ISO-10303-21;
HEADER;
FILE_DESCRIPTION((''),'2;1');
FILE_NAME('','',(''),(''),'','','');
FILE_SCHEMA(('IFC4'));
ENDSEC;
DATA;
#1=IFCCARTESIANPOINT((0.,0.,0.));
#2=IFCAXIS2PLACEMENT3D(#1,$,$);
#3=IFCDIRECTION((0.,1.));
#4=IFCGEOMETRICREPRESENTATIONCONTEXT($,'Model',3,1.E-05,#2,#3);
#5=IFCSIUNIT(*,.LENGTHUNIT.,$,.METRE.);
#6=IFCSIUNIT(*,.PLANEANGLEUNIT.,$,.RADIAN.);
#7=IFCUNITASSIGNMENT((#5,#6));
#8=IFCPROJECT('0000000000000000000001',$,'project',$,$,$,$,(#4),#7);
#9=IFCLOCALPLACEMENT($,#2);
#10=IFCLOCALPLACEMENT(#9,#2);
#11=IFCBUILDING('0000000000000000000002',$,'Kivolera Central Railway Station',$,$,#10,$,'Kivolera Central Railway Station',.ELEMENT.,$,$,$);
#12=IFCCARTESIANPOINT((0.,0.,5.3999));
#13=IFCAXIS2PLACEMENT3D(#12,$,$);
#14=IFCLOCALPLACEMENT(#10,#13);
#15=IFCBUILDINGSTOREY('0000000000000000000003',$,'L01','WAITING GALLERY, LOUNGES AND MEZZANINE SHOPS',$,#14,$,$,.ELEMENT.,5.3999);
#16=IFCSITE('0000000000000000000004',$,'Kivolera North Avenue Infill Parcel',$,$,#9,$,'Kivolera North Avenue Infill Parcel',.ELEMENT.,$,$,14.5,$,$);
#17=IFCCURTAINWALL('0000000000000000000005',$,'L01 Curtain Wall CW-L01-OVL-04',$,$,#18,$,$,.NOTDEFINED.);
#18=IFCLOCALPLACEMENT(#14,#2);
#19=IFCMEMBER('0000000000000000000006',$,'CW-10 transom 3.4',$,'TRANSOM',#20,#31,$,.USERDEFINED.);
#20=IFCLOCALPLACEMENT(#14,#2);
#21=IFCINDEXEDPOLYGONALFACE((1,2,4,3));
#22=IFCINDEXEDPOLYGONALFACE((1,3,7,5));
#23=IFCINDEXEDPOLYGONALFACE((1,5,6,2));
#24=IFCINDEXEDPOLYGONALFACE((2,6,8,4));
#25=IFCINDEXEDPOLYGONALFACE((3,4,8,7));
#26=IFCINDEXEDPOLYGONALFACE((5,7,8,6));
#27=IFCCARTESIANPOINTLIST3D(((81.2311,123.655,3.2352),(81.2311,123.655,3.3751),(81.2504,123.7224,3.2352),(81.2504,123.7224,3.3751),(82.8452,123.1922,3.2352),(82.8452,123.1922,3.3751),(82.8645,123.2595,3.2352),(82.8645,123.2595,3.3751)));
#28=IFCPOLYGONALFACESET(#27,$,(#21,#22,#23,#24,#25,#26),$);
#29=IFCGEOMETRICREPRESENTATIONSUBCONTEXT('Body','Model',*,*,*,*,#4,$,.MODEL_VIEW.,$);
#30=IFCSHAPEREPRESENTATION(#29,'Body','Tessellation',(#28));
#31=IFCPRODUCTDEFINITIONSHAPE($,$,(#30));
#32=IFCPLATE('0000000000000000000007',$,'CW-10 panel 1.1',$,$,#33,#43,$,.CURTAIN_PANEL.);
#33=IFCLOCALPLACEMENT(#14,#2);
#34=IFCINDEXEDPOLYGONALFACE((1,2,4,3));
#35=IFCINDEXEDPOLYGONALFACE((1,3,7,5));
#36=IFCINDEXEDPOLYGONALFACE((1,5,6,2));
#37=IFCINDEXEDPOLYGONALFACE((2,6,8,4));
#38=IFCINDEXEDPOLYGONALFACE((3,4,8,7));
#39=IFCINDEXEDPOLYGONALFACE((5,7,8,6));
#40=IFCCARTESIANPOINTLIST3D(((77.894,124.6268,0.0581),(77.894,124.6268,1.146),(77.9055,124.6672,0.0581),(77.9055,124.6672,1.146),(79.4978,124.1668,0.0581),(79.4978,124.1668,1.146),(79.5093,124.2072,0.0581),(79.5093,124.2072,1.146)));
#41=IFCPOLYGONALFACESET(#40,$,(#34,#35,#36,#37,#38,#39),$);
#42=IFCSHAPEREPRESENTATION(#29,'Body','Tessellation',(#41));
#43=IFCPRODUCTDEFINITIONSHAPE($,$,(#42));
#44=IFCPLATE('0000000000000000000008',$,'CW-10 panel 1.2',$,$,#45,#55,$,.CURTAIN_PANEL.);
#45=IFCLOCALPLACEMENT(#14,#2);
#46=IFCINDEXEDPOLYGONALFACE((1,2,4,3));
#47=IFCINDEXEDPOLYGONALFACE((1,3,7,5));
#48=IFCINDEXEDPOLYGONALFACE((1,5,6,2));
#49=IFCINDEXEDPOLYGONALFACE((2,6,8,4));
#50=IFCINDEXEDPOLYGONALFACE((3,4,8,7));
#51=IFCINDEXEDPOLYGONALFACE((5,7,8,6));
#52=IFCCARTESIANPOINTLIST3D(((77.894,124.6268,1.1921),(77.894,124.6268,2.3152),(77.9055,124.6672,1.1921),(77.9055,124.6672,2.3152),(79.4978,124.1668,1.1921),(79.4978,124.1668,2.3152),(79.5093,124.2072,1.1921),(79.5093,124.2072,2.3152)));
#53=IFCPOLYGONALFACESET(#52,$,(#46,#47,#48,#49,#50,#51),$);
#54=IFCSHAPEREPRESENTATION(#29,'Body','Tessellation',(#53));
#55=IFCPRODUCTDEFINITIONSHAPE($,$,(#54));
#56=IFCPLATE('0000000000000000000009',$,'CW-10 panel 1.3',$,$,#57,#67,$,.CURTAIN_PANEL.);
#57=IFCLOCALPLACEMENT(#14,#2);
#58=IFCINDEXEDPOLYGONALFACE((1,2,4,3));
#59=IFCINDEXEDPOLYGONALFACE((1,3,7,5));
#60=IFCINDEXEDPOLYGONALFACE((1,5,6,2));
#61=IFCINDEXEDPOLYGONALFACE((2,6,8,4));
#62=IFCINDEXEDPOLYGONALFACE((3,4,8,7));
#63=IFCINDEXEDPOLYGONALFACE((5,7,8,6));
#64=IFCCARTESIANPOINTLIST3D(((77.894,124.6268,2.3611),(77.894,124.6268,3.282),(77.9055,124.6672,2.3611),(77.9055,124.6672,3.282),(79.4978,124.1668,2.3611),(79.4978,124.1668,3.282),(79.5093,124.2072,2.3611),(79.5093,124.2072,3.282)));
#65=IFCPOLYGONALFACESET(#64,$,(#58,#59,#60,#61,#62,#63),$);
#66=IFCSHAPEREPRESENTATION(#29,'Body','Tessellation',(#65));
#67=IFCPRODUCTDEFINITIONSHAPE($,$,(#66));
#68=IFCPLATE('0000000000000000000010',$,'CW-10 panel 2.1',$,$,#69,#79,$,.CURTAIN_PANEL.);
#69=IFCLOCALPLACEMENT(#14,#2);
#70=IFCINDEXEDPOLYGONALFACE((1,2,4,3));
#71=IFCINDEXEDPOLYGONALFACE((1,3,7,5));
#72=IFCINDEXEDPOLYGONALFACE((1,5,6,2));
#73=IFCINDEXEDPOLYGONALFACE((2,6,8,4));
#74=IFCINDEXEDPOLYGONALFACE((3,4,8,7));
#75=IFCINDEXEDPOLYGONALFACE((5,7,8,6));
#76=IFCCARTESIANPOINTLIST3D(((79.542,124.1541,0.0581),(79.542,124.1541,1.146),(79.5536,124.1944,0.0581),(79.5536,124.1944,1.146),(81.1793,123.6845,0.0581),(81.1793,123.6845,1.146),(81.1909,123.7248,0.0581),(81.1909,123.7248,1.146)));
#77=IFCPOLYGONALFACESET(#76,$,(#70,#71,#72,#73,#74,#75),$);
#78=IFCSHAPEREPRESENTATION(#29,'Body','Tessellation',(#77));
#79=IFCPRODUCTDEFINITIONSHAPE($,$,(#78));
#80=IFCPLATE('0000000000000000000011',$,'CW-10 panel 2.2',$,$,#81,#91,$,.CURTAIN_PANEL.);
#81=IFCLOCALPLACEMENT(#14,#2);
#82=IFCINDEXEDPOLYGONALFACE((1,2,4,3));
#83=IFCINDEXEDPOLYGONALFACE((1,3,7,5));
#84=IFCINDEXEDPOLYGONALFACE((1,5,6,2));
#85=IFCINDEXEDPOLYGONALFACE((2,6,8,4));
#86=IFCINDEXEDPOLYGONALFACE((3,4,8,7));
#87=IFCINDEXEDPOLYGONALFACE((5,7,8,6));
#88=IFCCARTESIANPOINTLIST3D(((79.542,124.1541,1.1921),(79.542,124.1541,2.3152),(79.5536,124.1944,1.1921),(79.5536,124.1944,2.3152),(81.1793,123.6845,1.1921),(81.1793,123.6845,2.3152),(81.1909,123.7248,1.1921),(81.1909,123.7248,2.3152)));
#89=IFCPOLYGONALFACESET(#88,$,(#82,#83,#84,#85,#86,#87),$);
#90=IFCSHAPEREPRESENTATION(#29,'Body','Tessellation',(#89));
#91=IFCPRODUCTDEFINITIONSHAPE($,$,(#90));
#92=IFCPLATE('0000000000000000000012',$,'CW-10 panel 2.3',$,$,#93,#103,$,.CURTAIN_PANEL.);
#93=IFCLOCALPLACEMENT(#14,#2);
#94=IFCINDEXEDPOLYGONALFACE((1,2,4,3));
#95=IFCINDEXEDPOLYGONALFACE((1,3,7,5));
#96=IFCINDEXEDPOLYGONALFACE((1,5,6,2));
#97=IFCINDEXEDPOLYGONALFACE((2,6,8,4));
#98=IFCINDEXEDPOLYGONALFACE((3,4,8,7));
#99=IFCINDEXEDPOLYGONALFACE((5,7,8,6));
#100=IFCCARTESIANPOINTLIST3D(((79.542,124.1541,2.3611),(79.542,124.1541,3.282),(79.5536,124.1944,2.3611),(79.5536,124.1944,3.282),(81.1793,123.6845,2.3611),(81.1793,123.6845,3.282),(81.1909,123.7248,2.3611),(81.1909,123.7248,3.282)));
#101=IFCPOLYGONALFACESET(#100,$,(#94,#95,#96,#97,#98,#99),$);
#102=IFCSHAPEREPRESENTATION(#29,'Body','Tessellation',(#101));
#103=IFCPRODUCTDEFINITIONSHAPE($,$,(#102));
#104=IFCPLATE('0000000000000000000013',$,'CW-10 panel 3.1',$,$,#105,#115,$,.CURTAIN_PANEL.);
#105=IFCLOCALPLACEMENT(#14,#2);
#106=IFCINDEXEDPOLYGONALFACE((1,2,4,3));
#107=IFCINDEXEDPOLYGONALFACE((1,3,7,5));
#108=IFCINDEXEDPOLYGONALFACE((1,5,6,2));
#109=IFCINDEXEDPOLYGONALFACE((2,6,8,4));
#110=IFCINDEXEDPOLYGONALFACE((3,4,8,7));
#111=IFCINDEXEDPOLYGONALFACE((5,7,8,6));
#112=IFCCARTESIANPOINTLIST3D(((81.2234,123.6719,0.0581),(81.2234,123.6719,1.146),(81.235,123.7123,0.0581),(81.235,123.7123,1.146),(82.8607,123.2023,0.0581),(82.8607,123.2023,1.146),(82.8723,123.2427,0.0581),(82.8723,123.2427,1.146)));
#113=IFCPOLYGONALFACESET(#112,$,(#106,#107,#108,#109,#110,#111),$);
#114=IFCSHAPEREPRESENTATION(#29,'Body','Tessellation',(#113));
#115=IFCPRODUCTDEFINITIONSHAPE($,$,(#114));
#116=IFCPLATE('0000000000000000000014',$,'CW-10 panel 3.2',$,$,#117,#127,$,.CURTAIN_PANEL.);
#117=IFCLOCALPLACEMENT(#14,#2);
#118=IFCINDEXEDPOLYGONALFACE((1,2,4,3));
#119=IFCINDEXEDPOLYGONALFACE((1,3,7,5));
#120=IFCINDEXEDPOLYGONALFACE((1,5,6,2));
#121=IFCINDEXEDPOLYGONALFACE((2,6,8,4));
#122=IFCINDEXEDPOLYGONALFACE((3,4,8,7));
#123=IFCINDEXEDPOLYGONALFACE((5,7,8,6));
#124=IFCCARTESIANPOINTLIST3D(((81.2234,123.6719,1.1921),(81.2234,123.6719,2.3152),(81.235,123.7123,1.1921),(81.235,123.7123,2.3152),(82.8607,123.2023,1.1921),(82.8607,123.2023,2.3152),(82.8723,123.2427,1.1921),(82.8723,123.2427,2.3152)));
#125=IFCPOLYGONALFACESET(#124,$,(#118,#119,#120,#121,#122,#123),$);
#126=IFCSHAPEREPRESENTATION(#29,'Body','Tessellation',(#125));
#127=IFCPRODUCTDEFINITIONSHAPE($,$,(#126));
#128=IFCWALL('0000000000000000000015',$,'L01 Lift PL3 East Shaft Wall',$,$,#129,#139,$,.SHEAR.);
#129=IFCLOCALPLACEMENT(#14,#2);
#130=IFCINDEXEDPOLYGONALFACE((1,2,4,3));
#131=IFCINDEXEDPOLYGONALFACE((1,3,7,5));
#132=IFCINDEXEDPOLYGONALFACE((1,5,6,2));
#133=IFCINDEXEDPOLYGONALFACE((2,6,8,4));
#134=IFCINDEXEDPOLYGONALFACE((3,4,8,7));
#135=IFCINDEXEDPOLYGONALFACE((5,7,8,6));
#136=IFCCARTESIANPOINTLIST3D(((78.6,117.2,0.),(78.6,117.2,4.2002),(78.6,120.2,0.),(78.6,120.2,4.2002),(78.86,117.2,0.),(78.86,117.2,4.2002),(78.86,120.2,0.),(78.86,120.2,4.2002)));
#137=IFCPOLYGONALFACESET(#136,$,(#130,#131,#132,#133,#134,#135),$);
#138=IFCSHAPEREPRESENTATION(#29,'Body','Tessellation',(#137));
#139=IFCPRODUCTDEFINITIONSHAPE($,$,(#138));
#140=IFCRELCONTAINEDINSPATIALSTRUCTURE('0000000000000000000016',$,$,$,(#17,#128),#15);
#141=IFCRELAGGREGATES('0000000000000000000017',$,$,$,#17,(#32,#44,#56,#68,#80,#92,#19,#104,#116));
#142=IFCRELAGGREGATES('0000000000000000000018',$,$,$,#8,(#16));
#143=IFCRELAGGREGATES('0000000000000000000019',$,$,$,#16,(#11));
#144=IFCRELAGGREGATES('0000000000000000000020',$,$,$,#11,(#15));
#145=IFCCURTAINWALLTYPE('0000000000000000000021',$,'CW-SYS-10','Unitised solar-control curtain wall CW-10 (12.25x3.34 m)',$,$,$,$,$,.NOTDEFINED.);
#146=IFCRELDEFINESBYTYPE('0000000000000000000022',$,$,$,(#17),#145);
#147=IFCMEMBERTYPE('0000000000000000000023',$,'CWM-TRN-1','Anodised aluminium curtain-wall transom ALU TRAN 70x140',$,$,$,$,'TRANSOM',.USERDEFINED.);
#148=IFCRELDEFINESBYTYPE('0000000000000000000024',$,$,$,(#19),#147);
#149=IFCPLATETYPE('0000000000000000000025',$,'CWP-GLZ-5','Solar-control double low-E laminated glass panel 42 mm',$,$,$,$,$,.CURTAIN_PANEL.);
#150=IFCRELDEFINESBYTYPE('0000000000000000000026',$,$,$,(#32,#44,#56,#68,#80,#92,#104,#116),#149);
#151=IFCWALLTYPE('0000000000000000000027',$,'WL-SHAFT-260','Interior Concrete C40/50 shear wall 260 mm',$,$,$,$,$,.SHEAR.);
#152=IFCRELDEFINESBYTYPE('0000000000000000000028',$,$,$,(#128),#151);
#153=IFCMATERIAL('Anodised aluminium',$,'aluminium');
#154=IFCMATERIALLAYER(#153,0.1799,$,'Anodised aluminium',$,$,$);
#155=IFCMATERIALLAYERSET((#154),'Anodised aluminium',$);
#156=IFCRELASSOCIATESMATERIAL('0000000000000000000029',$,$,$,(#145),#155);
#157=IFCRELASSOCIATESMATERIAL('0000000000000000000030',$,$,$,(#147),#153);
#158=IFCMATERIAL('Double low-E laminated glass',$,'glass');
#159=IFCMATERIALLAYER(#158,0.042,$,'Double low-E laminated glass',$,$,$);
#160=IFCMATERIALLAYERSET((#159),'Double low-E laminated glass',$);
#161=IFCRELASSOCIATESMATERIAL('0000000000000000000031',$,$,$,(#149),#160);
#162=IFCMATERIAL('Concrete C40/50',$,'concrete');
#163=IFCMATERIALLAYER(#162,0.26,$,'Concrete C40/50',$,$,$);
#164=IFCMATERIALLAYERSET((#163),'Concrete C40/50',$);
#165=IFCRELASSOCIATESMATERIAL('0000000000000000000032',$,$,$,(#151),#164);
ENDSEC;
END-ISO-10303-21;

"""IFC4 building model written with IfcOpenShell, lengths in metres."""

from ifc_helpers import new_model, si_unit, direction, frame, frame_2d, origin, origin_2d, place, context, subcontext, project, spatial, rectangle, extrude, material, layer, layer_set, material_profile, profile_set, type_object, element, aggregate, save


model = new_model("IFC4")

# Units and contexts
model_context = context("Model", 3, precision=1e-05, world=origin(), true_north=direction((0.0, 1.0)))
body_context = subcontext(model_context, "Body", "Model", "MODEL_VIEW")
ifc_project = project(units=[si_unit("LENGTHUNIT", "METRE"), si_unit("PLANEANGLEUNIT", "RADIAN")], contexts=[model_context])

# Site, building, storey
site_placement = place(None, origin())
site = spatial("IfcSite", under=ifc_project, at=site_placement, Name="Kivolera North Avenue Infill Parcel", LongName="Kivolera North Avenue Infill Parcel", CompositionType="ELEMENT", RefElevation=14.5)
building_placement = place(site_placement, origin())
building = spatial("IfcBuilding", under=site, at=building_placement, Name="Kivolera Central Railway Station", LongName="Kivolera Central Railway Station", CompositionType="ELEMENT")
storey_placement = place(building_placement, frame((0.0, 0.0, 5.3999)))
storey = spatial("IfcBuildingStorey", under=building, at=storey_placement, Name="L01", Description="WAITING GALLERY, LOUNGES AND MEZZANINE SHOPS", CompositionType="ELEMENT", Elevation=5.3999)

# Shared definitions
ifc_material_1 = material(Name="Concrete C40/50", Category="concrete")

# Curtain wall, member, plates
ifc_material_2 = material(Name="Anodised aluminium", Category="aluminium")
ifc_layer_1 = layer(ifc_material_2, 0.1799, Name="Anodised aluminium")
ifc_layer_set_1 = layer_set([ifc_layer_1], Name="Anodised aluminium")
curtain_wall_type = type_object("IfcCurtainWallType", Name="CW-SYS-10", Description="Unitised solar-control curtain wall CW-10 (12.25x3.34 m)", PredefinedType="NOTDEFINED", material=ifc_layer_set_1)
curtain_wall_placement = place(storey_placement, origin())
curtain_wall = element("IfcCurtainWall", 1, at=curtain_wall_placement, inside=storey, type_object=curtain_wall_type, Name="L01 Curtain Wall CW-L01-OVL-04", PredefinedType="NOTDEFINED")
ifc_material_profile_1 = material_profile(ifc_material_2, rectangle(XDim=0.0701, YDim=0.1399, at=origin_2d()), Name="ALU TRAN 70x140")
ifc_profile_set_1 = profile_set([ifc_material_profile_1], Name="Anodised aluminium")
member_type_1 = type_object("IfcMemberType", Name="CWM-TRN-1", Description="Anodised aluminium curtain-wall transom ALU TRAN 70x140", ElementType="TRANSOM", PredefinedType="USERDEFINED", material=ifc_profile_set_1)
member_1_placement = place(storey_placement, frame((81.2407, 123.6887, 3.3052), z_axis=(0.96126, -0.275643, 0.0), x_axis=(0.275643, 0.96126, 0.0)))
member_1 = element("IfcMember", 2, at=member_1_placement, type_object=member_type_1, Name="CW-10 transom 3.4", ObjectType="TRANSOM", PredefinedType="USERDEFINED", context=body_context, shape_type="SweptSolid", body=[
    extrude(rectangle(XDim=0.0701, YDim=0.1399, at=origin_2d()), origin(), (0.0, 0.0, 1.0), 1.6792),
])
ifc_material_3 = material(Name="Double low-E laminated glass", Category="glass")
ifc_layer_2 = layer(ifc_material_3, 0.042, Name="Double low-E laminated glass")
ifc_layer_set_2 = layer_set([ifc_layer_2], Name="Double low-E laminated glass")
plate_type = type_object("IfcPlateType", Name="CWP-GLZ-5", Description="Solar-control double low-E laminated glass panel 42 mm", PredefinedType="CURTAIN_PANEL", material=ifc_layer_set_2)
plate_1_placement = place(storey_placement, frame((78.7017, 124.417, 0.0581), z_axis=(0.0, 0.0, 1.0), x_axis=(0.961246, -0.275692, 0.0)))
plate_1 = element("IfcPlate", 3, at=plate_1_placement, type_object=plate_type, Name="CW-10 panel 1.1", PredefinedType="CURTAIN_PANEL", context=body_context, shape_type="SweptSolid", body=[
    extrude(rectangle(XDim=1.6685, YDim=0.042, at=origin_2d()), origin(), (0.0, 0.0, 1.0), 1.0879),
])
plate_2_placement = place(storey_placement, frame((78.7017, 124.417, 1.1921), z_axis=(0.0, 0.0, 1.0), x_axis=(0.961246, -0.275692, 0.0)))
plate_2 = element("IfcPlate", 4, at=plate_2_placement, type_object=plate_type, Name="CW-10 panel 1.2", PredefinedType="CURTAIN_PANEL", context=body_context, shape_type="SweptSolid", body=[
    extrude(rectangle(XDim=1.6685, YDim=0.042, at=origin_2d()), origin(), (0.0, 0.0, 1.0), 1.123),
])
plate_3_placement = place(storey_placement, frame((78.7017, 124.417, 2.3611), z_axis=(0.0, 0.0, 1.0), x_axis=(0.961246, -0.275692, 0.0)))
plate_3 = element("IfcPlate", 5, at=plate_3_placement, type_object=plate_type, Name="CW-10 panel 1.3", PredefinedType="CURTAIN_PANEL", context=body_context, shape_type="SweptSolid", body=[
    extrude(rectangle(XDim=1.6685, YDim=0.042, at=origin_2d()), origin(), (0.0, 0.0, 1.0), 0.9209),
])
plate_4_placement = place(storey_placement, frame((80.3665, 123.9395, 0.0581), z_axis=(0.0, 0.0, 1.0), x_axis=(0.961246, -0.275692, 0.0)))
plate_4 = element("IfcPlate", 6, at=plate_4_placement, type_object=plate_type, Name="CW-10 panel 2.1", PredefinedType="CURTAIN_PANEL", context=body_context, shape_type="SweptSolid", body=[
    extrude(rectangle(XDim=1.7034, YDim=0.042, at=origin_2d()), origin(), (0.0, 0.0, 1.0), 1.0879),
])
plate_5_placement = place(storey_placement, frame((80.3665, 123.9395, 1.1921), z_axis=(0.0, 0.0, 1.0), x_axis=(0.961246, -0.275692, 0.0)))
plate_5 = element("IfcPlate", 7, at=plate_5_placement, type_object=plate_type, Name="CW-10 panel 2.2", PredefinedType="CURTAIN_PANEL", context=body_context, shape_type="SweptSolid", body=[
    extrude(rectangle(XDim=1.7034, YDim=0.042, at=origin_2d()), origin(), (0.0, 0.0, 1.0), 1.123),
])
plate_6_placement = place(storey_placement, frame((80.3665, 123.9395, 2.3611), z_axis=(0.0, 0.0, 1.0), x_axis=(0.961246, -0.275692, 0.0)))
plate_6 = element("IfcPlate", 8, at=plate_6_placement, type_object=plate_type, Name="CW-10 panel 2.3", PredefinedType="CURTAIN_PANEL", context=body_context, shape_type="SweptSolid", body=[
    extrude(rectangle(XDim=1.7034, YDim=0.042, at=origin_2d()), origin(), (0.0, 0.0, 1.0), 0.9209),
])
plate_7_placement = place(storey_placement, frame((82.0479, 123.4573, 0.0581), z_axis=(0.0, 0.0, 1.0), x_axis=(0.961246, -0.275692, 0.0)))
plate_7 = element("IfcPlate", 9, at=plate_7_placement, type_object=plate_type, Name="CW-10 panel 3.1", PredefinedType="CURTAIN_PANEL", context=body_context, shape_type="SweptSolid", body=[
    extrude(rectangle(XDim=1.7034, YDim=0.042, at=origin_2d()), origin(), (0.0, 0.0, 1.0), 1.0879),
])
plate_8_placement = place(storey_placement, frame((82.0479, 123.4573, 1.1921), z_axis=(0.0, 0.0, 1.0), x_axis=(0.961246, -0.275692, 0.0)))
plate_8 = element("IfcPlate", 10, at=plate_8_placement, type_object=plate_type, Name="CW-10 panel 3.2", PredefinedType="CURTAIN_PANEL", context=body_context, shape_type="SweptSolid", body=[
    extrude(rectangle(XDim=1.7034, YDim=0.042, at=origin_2d()), origin(), (0.0, 0.0, 1.0), 1.123),
])
aggregate(curtain_wall, [plate_1, plate_2, plate_3, plate_4, plate_5, plate_6, member_1, plate_7, plate_8])

# Wall
ifc_layer_3 = layer(ifc_material_1, 0.26, Name="Concrete C40/50")
ifc_layer_set_3 = layer_set([ifc_layer_3], Name="Concrete C40/50")
wall_type = type_object("IfcWallType", Name="WL-SHAFT-260", Description="Interior Concrete C40/50 shear wall 260 mm", PredefinedType="SHEAR", material=ifc_layer_set_3)
wall_placement = place(storey_placement, frame((78.73, 117.2, 0.0), z_axis=(0.0, 0.0, 1.0), x_axis=(0.0, 1.0, 0.0)))
element("IfcWall", 11, at=wall_placement, inside=storey, type_object=wall_type, Name="L01 Lift PL3 East Shaft Wall", PredefinedType="SHEAR", context=body_context, shape_type="SweptSolid", body=[
    extrude(rectangle(XDim=3.0, YDim=0.26, at=frame_2d((1.5, 0.0))), origin(), (0.0, 0.0, 1.0), 4.2002),
])

save(model, "model.ifc")
